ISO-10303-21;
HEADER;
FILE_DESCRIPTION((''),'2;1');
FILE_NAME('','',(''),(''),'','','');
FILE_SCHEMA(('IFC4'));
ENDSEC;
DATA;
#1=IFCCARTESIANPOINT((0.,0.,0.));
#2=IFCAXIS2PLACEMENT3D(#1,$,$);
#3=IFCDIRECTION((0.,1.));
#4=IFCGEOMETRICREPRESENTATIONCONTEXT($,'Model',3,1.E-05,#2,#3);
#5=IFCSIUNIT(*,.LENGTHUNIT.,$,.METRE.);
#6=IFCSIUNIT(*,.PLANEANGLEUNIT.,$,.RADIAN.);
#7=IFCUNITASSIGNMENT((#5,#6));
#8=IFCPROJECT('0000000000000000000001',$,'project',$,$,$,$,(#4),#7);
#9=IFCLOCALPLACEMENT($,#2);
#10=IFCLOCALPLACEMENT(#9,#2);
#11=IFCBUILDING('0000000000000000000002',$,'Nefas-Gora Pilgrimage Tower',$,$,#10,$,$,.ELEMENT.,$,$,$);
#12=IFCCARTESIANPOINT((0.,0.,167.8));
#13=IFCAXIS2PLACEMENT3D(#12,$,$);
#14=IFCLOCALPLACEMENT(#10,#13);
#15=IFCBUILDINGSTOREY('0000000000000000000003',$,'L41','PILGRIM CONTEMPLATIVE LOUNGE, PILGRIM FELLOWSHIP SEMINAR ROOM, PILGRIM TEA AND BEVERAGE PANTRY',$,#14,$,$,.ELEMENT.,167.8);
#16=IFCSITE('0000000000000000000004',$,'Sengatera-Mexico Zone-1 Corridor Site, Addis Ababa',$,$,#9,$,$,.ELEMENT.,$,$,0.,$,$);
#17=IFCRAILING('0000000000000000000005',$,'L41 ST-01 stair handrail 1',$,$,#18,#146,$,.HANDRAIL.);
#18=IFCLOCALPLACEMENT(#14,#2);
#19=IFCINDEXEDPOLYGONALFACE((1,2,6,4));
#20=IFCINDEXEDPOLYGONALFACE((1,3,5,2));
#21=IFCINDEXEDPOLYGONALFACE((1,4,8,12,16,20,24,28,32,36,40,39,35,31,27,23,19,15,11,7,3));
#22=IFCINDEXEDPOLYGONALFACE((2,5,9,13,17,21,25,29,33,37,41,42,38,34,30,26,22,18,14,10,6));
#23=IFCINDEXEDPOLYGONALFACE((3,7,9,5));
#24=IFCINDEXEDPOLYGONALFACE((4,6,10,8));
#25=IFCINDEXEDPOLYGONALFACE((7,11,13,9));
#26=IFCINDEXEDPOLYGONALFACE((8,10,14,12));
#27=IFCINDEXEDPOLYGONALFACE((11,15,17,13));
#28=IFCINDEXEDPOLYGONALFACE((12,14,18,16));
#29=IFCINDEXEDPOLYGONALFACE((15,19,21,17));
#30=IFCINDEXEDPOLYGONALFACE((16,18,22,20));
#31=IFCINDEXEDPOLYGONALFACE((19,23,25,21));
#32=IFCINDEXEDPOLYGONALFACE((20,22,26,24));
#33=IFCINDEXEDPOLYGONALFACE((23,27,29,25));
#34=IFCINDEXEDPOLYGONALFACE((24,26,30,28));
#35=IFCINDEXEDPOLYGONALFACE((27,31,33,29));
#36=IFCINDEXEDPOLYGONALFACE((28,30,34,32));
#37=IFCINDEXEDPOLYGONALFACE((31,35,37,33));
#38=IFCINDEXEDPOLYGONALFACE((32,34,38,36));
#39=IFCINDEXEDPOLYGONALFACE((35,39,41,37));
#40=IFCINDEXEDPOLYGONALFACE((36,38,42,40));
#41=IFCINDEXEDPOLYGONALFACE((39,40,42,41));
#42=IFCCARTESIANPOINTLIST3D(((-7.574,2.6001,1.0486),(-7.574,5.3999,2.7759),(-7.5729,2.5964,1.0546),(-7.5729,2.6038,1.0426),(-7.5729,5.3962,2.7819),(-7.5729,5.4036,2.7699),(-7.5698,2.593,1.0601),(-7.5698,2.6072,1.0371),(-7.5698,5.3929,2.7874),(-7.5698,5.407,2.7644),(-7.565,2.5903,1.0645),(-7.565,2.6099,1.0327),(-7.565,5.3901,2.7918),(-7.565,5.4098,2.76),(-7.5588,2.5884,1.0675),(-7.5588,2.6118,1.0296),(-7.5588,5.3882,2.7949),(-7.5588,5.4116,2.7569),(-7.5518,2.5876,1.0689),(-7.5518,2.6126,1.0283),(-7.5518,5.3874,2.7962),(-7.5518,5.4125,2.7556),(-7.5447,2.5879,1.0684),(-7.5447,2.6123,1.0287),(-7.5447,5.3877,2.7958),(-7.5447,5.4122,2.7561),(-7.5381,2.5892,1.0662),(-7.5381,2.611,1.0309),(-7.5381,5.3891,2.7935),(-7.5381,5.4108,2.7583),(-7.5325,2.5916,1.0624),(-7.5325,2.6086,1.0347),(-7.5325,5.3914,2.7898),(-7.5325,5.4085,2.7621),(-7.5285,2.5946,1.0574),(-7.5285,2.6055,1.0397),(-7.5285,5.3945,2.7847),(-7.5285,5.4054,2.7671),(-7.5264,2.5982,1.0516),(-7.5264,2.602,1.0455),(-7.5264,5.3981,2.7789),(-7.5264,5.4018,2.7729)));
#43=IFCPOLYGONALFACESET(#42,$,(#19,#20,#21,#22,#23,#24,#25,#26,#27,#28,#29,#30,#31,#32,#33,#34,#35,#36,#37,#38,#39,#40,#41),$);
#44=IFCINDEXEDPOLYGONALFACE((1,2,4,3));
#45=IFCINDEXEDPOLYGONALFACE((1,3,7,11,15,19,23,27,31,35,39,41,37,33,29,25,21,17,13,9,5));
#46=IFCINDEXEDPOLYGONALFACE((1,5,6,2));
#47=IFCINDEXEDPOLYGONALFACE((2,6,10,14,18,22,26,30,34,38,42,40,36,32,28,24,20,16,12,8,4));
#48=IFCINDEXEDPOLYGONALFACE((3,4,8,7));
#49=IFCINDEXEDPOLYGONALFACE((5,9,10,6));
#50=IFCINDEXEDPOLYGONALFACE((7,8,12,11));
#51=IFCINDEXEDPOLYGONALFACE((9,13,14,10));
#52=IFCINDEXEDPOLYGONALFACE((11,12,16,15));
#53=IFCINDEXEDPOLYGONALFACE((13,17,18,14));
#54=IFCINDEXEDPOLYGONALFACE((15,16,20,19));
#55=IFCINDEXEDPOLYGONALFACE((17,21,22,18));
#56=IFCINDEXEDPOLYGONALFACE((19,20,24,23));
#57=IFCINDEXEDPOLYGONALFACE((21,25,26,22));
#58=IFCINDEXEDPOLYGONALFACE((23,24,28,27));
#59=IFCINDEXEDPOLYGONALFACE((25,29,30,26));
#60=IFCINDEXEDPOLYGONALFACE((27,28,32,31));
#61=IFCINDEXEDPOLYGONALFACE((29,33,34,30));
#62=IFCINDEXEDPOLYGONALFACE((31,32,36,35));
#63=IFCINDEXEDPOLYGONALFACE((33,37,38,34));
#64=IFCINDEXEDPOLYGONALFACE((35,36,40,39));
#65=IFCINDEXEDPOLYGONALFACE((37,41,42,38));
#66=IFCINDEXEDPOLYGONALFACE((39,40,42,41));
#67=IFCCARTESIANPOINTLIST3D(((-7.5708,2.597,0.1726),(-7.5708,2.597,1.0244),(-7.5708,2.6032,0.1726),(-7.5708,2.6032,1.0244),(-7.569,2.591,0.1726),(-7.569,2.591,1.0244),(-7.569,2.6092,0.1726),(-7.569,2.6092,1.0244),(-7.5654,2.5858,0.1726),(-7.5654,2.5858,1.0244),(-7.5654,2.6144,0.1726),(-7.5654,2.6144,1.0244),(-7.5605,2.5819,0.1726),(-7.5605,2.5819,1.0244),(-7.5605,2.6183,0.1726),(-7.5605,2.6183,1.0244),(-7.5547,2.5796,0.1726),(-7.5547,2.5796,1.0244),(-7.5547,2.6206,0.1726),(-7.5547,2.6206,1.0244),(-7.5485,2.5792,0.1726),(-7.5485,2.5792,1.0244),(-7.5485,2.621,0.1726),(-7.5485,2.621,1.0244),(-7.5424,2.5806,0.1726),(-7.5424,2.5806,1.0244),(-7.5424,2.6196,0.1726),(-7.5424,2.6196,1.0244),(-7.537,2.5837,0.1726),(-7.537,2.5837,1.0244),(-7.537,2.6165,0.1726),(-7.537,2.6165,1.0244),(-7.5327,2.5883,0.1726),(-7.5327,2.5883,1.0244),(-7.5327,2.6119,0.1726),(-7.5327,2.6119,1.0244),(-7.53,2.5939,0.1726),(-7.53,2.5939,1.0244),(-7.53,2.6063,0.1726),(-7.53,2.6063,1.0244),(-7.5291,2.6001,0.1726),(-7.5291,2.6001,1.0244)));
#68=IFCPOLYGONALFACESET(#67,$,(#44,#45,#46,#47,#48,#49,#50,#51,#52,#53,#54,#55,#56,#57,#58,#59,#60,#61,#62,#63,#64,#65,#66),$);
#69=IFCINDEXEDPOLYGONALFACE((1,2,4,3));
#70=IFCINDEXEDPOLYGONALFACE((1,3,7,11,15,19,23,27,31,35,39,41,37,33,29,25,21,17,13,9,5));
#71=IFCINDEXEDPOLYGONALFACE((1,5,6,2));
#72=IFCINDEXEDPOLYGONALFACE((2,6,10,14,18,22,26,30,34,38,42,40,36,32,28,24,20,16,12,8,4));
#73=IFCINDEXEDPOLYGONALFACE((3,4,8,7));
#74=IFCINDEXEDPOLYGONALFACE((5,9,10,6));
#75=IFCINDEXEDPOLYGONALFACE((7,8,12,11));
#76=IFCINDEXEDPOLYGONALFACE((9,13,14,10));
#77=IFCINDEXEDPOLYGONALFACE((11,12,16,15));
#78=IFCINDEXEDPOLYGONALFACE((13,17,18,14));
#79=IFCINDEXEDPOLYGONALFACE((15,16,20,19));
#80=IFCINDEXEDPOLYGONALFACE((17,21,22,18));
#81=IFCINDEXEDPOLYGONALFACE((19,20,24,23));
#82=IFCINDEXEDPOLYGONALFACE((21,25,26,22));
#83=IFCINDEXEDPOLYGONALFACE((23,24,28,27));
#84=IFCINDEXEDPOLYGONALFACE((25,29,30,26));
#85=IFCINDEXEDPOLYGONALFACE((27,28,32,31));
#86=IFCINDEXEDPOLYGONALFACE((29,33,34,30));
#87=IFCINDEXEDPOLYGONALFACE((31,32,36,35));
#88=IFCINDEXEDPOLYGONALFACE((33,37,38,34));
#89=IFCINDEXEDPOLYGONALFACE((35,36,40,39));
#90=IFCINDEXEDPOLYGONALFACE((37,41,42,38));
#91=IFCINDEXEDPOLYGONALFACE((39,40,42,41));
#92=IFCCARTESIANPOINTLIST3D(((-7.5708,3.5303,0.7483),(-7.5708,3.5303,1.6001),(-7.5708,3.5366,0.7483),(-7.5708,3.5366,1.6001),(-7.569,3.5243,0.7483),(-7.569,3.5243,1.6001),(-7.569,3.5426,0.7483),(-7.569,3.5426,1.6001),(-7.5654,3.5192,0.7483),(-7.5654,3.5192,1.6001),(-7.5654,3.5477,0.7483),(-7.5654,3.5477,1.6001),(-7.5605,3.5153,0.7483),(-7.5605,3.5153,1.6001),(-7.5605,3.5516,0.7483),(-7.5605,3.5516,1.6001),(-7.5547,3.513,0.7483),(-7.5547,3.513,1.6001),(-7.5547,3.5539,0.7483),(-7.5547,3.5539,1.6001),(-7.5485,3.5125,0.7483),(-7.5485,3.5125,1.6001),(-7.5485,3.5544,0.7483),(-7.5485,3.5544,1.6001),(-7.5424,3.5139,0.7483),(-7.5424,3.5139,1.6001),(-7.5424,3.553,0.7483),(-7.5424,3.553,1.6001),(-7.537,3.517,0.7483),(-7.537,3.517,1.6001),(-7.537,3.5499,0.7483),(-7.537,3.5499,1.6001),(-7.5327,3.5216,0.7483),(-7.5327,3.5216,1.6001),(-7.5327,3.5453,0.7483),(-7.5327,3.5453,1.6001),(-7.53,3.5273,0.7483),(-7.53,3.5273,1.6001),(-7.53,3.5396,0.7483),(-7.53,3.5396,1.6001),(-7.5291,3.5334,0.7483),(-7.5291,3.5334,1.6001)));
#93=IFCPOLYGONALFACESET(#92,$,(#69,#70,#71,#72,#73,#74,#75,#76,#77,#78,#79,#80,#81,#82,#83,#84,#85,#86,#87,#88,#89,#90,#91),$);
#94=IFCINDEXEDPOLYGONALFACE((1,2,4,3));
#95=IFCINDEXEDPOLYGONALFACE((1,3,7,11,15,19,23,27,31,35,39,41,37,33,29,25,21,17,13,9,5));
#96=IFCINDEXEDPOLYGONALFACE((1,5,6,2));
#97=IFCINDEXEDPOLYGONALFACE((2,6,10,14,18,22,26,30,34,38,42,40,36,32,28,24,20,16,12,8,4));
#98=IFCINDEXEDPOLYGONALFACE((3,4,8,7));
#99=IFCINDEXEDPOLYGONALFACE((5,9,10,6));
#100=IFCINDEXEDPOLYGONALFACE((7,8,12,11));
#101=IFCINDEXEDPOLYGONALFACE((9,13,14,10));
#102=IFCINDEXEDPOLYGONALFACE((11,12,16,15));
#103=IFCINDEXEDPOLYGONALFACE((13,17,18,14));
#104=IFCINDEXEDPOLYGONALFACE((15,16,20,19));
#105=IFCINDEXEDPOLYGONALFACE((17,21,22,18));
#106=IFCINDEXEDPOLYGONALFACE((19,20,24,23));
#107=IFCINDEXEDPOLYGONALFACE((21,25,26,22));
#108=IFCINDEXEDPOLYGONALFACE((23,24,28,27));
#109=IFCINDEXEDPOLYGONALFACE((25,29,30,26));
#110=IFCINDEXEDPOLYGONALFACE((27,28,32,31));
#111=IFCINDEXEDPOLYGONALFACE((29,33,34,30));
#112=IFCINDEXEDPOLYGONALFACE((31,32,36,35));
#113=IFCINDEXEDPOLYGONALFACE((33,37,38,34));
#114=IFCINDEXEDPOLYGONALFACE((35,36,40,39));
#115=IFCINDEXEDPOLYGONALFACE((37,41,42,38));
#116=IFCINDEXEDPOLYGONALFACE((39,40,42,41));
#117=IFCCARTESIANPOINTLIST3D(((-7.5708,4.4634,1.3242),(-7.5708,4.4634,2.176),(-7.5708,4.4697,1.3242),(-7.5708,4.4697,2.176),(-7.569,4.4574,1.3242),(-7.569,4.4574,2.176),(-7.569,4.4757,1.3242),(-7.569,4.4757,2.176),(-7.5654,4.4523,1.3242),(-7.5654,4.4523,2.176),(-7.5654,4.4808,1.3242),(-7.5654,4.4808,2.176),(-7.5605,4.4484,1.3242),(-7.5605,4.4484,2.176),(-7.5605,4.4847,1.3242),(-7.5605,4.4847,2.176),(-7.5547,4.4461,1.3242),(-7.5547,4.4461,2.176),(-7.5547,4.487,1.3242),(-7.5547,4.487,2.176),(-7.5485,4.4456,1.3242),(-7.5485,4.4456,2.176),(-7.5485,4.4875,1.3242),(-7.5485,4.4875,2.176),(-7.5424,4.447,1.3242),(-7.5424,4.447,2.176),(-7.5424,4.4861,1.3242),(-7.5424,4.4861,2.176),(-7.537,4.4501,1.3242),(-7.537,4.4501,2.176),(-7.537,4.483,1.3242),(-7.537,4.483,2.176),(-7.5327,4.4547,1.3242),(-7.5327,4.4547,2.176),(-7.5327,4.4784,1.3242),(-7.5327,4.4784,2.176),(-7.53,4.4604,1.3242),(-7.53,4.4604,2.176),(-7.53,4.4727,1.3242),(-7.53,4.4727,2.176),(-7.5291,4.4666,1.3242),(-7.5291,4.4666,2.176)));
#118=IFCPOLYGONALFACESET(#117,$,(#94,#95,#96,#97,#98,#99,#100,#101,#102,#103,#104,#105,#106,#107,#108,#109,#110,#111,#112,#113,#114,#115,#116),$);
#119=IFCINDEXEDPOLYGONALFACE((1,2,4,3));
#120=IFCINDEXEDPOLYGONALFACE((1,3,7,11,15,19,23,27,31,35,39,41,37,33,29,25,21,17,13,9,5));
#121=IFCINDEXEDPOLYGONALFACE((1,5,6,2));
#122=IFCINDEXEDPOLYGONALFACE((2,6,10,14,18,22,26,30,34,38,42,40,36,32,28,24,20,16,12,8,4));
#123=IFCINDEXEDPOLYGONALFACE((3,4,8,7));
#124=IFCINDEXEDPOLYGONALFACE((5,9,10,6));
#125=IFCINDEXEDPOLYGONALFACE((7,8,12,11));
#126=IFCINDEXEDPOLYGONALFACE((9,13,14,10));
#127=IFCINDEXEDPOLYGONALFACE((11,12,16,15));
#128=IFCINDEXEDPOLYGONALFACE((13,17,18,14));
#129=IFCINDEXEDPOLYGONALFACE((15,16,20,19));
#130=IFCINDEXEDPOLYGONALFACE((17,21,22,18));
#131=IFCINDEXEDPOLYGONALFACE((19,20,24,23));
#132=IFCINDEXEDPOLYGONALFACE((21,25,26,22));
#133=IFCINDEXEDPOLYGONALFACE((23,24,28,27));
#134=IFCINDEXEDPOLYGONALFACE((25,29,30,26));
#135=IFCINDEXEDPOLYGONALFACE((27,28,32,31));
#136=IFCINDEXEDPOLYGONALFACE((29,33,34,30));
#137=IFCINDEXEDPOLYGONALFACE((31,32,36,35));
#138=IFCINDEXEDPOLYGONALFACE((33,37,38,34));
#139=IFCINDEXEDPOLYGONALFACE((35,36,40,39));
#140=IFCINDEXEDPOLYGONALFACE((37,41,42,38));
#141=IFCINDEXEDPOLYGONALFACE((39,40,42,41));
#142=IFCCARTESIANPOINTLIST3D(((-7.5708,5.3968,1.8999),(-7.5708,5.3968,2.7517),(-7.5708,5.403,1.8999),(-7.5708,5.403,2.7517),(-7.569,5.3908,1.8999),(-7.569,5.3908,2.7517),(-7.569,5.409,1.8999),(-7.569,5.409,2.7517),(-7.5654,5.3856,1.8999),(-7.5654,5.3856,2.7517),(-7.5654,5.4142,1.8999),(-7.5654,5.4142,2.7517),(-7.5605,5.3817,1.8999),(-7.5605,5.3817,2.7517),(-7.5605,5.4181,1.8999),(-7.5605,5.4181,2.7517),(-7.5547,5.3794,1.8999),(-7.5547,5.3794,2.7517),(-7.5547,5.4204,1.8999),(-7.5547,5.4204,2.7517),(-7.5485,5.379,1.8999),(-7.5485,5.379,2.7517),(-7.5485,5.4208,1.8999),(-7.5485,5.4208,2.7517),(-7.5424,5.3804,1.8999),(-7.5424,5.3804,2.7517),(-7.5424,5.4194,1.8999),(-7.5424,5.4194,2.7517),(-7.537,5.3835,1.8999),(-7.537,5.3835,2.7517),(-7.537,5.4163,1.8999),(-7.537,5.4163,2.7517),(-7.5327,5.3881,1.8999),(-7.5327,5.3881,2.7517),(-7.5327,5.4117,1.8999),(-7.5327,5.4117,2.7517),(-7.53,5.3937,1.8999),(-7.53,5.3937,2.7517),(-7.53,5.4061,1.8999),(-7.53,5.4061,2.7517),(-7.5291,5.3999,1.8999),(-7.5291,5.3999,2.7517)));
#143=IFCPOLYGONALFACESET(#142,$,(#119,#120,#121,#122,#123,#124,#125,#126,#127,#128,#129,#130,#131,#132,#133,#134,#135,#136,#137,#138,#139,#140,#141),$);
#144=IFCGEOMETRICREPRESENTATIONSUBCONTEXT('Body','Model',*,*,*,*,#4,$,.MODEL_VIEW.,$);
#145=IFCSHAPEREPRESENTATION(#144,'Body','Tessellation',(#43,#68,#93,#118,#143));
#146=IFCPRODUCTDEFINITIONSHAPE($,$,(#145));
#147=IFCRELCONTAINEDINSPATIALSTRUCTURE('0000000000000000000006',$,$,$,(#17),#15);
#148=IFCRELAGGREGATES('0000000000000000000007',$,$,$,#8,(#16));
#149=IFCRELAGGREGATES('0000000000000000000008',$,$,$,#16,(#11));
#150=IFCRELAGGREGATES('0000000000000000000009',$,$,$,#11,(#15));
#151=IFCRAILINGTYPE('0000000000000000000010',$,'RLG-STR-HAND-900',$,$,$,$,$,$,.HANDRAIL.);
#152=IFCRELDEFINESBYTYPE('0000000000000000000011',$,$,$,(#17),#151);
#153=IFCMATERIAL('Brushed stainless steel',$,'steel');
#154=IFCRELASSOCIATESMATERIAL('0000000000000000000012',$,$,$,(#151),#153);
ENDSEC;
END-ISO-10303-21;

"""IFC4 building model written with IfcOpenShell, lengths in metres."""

from ifc_helpers import new_model, si_unit, direction, frame, origin, origin_2d, place, context, subcontext, project, spatial, circle, extrude, material, type_object, element, save


model = new_model("IFC4")

# Units and contexts
model_context = context("Model", 3, precision=1e-05, world=origin(), true_north=direction((0.0, 1.0)))
body_context = subcontext(model_context, "Body", "Model", "MODEL_VIEW")
ifc_project = project(units=[si_unit("LENGTHUNIT", "METRE"), si_unit("PLANEANGLEUNIT", "RADIAN")], contexts=[model_context])

# Site, building, storey
site_placement = place(None, origin())
site = spatial("IfcSite", under=ifc_project, at=site_placement, Name="Sengatera-Mexico Zone-1 Corridor Site, Addis Ababa", CompositionType="ELEMENT", RefElevation=0.0)
building_placement = place(site_placement, origin())
building = spatial("IfcBuilding", under=site, at=building_placement, Name="Nefas-Gora Pilgrimage Tower", CompositionType="ELEMENT")
storey_placement = place(building_placement, frame((0.0, 0.0, 167.8)))
storey = spatial("IfcBuildingStorey", under=building, at=storey_placement, Name="L41", Description="PILGRIM CONTEMPLATIVE LOUNGE, PILGRIM FELLOWSHIP SEMINAR ROOM, PILGRIM TEA AND BEVERAGE PANTRY", CompositionType="ELEMENT", Elevation=167.8)

# Railing
ifc_material_1 = material(Name="Brushed stainless steel", Category="steel")
railing_type_1 = type_object("IfcRailingType", Name="RLG-STR-HAND-900", PredefinedType="HANDRAIL", material=ifc_material_1)
railing_1_placement = place(storey_placement, frame((-7.55, 2.6001, 0.1726)))
element("IfcRailing", 1, at=railing_1_placement, inside=storey, type_object=railing_type_1, Name="L41 ST-01 stair handrail 1", PredefinedType="HANDRAIL", context=body_context, shape_type="SweptSolid", body=[
    extrude(circle(Radius=0.0239, at=origin_2d()), frame((0.0, 0.0, 0.876), z_axis=(0.0, 0.851069, 0.525054), x_axis=(-1.0, 0.0, 0.0)), (0.0, 0.0, 1.0), 3.2898),
    extrude(circle(Radius=0.021, at=origin_2d()), origin(), (0.0, 0.0, 1.0), 0.8518),
    extrude(circle(Radius=0.021, at=origin_2d()), frame((0.0, 0.9333, 0.5757)), (0.0, 0.0, 1.0), 0.8518),
    extrude(circle(Radius=0.021, at=origin_2d()), frame((0.0, 1.8665, 1.1516)), (0.0, 0.0, 1.0), 0.8518),
    extrude(circle(Radius=0.021, at=origin_2d()), frame((0.0, 2.7998, 1.7273)), (0.0, 0.0, 1.0), 0.8518),
])

save(model, "model.ifc")
